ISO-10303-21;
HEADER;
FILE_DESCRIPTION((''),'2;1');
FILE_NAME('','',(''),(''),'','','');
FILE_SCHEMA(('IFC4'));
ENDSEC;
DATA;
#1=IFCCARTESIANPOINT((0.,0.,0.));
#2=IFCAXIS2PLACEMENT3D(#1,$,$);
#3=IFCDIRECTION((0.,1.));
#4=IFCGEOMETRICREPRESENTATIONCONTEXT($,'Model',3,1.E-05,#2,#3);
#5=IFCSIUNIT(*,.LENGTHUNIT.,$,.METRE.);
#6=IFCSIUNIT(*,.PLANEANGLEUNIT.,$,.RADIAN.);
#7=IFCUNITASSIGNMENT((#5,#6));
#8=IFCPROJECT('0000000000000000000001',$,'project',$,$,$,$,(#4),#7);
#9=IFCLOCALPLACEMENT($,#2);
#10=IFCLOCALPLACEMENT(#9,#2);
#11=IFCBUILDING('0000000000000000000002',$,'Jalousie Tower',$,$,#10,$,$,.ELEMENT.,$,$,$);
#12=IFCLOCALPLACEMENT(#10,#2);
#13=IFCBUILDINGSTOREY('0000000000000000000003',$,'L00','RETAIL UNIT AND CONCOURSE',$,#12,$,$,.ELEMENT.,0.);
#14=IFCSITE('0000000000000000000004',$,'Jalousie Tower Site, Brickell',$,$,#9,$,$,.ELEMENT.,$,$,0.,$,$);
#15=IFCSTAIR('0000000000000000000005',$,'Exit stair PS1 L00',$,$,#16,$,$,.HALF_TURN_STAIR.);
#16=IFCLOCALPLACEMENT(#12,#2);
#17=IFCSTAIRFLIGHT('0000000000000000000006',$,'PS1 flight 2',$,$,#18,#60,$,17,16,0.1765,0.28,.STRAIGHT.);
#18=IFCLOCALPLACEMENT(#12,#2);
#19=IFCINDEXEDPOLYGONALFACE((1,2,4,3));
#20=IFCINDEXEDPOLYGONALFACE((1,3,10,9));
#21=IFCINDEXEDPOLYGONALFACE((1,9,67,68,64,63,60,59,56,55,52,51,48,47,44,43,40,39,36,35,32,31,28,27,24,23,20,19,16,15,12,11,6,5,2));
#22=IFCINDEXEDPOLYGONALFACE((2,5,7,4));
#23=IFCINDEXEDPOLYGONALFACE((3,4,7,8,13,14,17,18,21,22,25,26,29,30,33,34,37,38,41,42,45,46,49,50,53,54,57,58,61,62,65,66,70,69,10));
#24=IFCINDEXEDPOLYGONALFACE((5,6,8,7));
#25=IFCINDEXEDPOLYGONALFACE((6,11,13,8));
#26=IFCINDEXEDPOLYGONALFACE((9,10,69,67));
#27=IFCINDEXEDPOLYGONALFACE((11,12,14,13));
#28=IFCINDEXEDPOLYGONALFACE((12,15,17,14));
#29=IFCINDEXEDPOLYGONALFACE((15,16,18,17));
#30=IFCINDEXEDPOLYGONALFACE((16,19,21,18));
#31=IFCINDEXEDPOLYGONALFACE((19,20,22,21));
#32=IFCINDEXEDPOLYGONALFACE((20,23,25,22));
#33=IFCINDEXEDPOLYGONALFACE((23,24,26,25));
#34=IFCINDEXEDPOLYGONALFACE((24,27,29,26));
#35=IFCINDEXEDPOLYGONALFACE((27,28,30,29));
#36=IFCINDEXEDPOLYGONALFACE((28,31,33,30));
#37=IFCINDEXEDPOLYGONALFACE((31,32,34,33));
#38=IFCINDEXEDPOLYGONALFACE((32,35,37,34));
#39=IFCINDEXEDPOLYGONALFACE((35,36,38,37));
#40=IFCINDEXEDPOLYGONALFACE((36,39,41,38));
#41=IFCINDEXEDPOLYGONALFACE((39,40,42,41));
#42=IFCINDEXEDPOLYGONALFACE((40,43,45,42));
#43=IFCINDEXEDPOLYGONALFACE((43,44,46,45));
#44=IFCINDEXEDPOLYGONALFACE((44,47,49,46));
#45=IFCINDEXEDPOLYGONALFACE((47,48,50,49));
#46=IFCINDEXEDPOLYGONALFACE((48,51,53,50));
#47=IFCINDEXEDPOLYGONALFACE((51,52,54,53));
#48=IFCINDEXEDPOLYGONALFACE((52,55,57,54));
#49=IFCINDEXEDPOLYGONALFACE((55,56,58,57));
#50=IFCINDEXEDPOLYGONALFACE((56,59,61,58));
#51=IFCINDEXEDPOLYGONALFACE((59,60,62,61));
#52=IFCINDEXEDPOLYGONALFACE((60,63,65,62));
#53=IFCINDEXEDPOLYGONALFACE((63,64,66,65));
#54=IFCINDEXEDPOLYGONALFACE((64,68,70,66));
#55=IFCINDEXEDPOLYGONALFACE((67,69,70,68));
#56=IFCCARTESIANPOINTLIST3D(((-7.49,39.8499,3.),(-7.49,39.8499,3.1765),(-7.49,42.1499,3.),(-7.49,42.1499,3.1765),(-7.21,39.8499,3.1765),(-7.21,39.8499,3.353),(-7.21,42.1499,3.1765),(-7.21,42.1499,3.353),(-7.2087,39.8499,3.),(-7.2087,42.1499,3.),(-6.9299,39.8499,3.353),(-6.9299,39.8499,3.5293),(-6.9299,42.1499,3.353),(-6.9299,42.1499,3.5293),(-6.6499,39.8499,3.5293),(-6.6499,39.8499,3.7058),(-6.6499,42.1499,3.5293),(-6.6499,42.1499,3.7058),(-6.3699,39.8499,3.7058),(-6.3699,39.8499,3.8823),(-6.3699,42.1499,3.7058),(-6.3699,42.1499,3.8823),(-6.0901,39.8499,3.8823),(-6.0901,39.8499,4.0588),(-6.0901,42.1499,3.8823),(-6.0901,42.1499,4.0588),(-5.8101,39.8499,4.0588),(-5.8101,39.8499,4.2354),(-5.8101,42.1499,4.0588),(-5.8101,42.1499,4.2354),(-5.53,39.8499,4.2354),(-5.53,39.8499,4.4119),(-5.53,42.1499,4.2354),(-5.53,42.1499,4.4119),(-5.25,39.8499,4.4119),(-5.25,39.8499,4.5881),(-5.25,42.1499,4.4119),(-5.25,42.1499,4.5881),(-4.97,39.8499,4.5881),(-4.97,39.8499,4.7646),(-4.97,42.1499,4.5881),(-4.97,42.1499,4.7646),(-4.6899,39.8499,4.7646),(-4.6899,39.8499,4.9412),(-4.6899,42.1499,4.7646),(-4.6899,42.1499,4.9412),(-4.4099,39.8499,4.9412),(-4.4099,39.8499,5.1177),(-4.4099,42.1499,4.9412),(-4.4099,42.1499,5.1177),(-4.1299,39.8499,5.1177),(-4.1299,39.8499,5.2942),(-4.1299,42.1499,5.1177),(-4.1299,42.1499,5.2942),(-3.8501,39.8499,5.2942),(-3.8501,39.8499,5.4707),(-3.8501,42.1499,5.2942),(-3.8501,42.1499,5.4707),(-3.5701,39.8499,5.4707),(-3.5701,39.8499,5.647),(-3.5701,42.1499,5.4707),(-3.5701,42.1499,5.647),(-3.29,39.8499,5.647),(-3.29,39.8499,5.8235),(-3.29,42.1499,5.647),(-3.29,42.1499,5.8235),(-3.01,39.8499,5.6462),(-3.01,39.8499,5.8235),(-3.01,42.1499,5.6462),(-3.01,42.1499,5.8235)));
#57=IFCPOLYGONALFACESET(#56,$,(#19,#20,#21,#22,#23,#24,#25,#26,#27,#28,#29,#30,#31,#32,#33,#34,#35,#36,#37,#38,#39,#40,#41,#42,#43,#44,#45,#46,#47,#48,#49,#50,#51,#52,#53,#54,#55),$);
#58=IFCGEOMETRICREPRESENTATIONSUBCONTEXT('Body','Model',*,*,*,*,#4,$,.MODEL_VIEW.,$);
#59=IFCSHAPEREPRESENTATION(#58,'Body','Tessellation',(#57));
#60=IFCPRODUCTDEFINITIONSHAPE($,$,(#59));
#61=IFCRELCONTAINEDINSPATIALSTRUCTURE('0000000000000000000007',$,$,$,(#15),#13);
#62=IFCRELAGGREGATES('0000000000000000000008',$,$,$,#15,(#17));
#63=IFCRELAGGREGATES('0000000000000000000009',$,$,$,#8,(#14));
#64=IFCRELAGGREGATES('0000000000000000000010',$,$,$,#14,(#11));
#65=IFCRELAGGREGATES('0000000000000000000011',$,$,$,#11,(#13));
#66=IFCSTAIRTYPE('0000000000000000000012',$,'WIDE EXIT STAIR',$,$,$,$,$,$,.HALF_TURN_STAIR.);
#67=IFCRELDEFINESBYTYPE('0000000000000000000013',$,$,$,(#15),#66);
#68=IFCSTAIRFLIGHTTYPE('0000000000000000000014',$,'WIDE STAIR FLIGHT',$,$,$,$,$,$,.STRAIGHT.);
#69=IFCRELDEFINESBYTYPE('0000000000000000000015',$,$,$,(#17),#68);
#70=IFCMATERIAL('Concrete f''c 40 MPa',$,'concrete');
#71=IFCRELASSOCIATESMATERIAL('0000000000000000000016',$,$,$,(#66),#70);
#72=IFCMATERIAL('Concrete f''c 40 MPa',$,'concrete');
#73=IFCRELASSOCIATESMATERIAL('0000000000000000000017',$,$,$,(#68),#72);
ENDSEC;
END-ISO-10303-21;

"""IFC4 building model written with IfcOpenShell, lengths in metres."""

from ifc_helpers import new_model, si_unit, direction, frame, origin, place, context, subcontext, project, spatial, polyline, outline, extrude, material, type_object, element, aggregate, save


model = new_model("IFC4")

# Units and contexts
model_context = context("Model", 3, precision=1e-05, world=origin(), true_north=direction((0.0, 1.0)))
body_context = subcontext(model_context, "Body", "Model", "MODEL_VIEW")
ifc_project = project(units=[si_unit("LENGTHUNIT", "METRE"), si_unit("PLANEANGLEUNIT", "RADIAN")], contexts=[model_context])

# Site, building, storey
site_placement = place(None, origin())
site = spatial("IfcSite", under=ifc_project, at=site_placement, Name="Jalousie Tower Site, Brickell", CompositionType="ELEMENT", RefElevation=0.0)
building_placement = place(site_placement, origin())
building = spatial("IfcBuilding", under=site, at=building_placement, Name="Jalousie Tower", CompositionType="ELEMENT")
storey_placement = place(building_placement, origin())
storey = spatial("IfcBuildingStorey", under=building, at=storey_placement, Name="L00", Description="RETAIL UNIT AND CONCOURSE", CompositionType="ELEMENT", Elevation=0.0)

# Stair, stair flight
ifc_material_1 = material(Name="Concrete f'c 40 MPa", Category="concrete")
stair_type = type_object("IfcStairType", Name="WIDE EXIT STAIR", PredefinedType="HALF_TURN_STAIR", material=ifc_material_1)
stair_placement = place(storey_placement, origin())
stair = element("IfcStair", 1, at=stair_placement, inside=storey, type_object=stair_type, Name="Exit stair PS1 L00", PredefinedType="HALF_TURN_STAIR")
ifc_material_2 = material(Name="Concrete f'c 40 MPa", Category="concrete")
stair_flight_type = type_object("IfcStairFlightType", Name="WIDE STAIR FLIGHT", PredefinedType="STRAIGHT", material=ifc_material_2)
stair_flight_placement = place(storey_placement, frame((-7.49, 41.0, 3.0), z_axis=(0.0, 0.0, 1.0), x_axis=(1.0, 0.0, 0.0)))
stair_flight = element("IfcStairFlight", 2, at=stair_flight_placement, type_object=stair_flight_type, Name="PS1 flight 2", NumberOfRisers=17, NumberOfTreads=16, PredefinedType="STRAIGHT", RiserHeight=0.1765, TreadLength=0.28, context=body_context, shape_type="SweptSolid", body=[
    extrude(outline(polyline([(0.0, 0.0), (0.0, 0.1765), (0.28, 0.1765), (0.28, 0.353), (0.5601, 0.353), (0.5601, 0.5293), (0.8401, 0.5293), (0.8401, 0.7058), (1.1201, 0.7058), (1.1201, 0.8823), (1.3999, 0.8823), (1.3999, 1.0588), (1.6799, 1.0588), (1.6799, 1.2354), (1.96, 1.2354), (1.96, 1.4119), (2.24, 1.4119), (2.24, 1.5881), (2.52, 1.5881), (2.52, 1.7646), (2.8, 1.7646), (2.8, 1.9412), (3.0801, 1.9412), (3.0801, 2.1177), (3.3601, 2.1177), (3.3601, 2.2942), (3.6399, 2.2942), (3.6399, 2.4707), (3.9199, 2.4707), (3.9199, 2.647), (4.2, 2.647), (4.2, 2.8235), (4.48, 2.8235), (4.48, 3.0), (4.48, 2.6462), (0.2812, 0.0), (0.0, 0.0)])), frame((0.0, 1.1499, 0.0), z_axis=(0.0, -1.0, 0.0), x_axis=(1.0, 0.0, 0.0)), (0.0, 0.0, 1.0), 2.3),
])
aggregate(stair, [stair_flight])

save(model, "model.ifc")
